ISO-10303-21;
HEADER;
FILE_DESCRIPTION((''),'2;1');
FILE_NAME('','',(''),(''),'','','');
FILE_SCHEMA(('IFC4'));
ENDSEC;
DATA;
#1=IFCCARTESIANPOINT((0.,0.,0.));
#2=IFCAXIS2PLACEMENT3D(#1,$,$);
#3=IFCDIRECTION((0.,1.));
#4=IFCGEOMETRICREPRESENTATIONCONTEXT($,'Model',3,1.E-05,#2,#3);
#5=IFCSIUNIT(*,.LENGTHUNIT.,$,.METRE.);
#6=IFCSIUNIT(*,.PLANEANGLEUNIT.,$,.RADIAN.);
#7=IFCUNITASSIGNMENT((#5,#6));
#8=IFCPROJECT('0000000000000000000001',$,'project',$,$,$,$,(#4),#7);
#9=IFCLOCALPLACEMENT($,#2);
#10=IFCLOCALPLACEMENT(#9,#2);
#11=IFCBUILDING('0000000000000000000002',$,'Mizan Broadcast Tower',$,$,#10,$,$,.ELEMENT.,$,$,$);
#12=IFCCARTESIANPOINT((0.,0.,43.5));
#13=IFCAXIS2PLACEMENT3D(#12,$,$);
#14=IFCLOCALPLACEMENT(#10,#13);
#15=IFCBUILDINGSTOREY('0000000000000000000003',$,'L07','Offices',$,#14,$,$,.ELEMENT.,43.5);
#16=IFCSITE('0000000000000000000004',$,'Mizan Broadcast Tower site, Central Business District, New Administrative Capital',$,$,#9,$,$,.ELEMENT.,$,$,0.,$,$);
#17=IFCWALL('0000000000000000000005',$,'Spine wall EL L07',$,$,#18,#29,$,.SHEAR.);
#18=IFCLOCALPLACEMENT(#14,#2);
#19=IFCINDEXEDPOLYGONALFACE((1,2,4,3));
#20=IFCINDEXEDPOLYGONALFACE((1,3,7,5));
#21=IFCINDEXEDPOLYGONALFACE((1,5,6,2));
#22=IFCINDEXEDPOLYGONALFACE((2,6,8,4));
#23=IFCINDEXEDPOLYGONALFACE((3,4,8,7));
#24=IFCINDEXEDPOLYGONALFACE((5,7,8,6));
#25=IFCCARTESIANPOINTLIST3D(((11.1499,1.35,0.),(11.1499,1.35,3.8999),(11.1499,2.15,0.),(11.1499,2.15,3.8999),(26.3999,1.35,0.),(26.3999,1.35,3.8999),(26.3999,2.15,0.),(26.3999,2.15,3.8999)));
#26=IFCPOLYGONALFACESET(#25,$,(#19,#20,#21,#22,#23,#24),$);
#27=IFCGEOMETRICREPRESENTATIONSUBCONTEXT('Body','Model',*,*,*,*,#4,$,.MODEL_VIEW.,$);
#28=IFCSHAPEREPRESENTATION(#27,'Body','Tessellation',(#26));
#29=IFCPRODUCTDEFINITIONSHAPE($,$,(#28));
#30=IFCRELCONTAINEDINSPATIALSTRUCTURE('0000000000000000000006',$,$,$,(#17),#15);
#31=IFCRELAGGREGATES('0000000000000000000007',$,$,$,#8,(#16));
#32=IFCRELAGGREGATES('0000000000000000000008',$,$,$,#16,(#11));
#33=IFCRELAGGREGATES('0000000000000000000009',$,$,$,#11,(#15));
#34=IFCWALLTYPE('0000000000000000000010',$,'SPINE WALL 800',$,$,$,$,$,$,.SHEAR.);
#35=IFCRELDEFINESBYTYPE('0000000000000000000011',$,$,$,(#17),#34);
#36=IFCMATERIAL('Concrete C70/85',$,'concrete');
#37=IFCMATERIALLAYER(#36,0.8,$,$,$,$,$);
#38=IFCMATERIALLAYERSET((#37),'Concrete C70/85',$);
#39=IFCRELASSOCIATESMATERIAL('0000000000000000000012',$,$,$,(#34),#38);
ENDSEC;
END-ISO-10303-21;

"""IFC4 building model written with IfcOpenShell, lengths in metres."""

from ifc_helpers import new_model, si_unit, direction, frame, frame_2d, origin, place, context, subcontext, project, spatial, rectangle, extrude, material, layer, layer_set, type_object, element, save


model = new_model("IFC4")

# Units and contexts
model_context = context("Model", 3, precision=1e-05, world=origin(), true_north=direction((0.0, 1.0)))
body_context = subcontext(model_context, "Body", "Model", "MODEL_VIEW")
ifc_project = project(units=[si_unit("LENGTHUNIT", "METRE"), si_unit("PLANEANGLEUNIT", "RADIAN")], contexts=[model_context])

# Site, building, storey
site_placement = place(None, origin())
site = spatial("IfcSite", under=ifc_project, at=site_placement, Name="Mizan Broadcast Tower site, Central Business District, New Administrative Capital", CompositionType="ELEMENT", RefElevation=0.0)
building_placement = place(site_placement, origin())
building = spatial("IfcBuilding", under=site, at=building_placement, Name="Mizan Broadcast Tower", CompositionType="ELEMENT")
storey_placement = place(building_placement, frame((0.0, 0.0, 43.5)))
storey = spatial("IfcBuildingStorey", under=building, at=storey_placement, Name="L07", Description="Offices", CompositionType="ELEMENT", Elevation=43.5)

# Wall
ifc_material_1 = material(Name="Concrete C70/85", Category="concrete")
ifc_layer_1 = layer(ifc_material_1, 0.8)
ifc_layer_set_1 = layer_set([ifc_layer_1], Name="Concrete C70/85")
wall_type_1 = type_object("IfcWallType", Name="SPINE WALL 800", PredefinedType="SHEAR", material=ifc_layer_set_1)
wall_1_placement = place(storey_placement, frame((11.1499, 1.75, 0.0), z_axis=(0.0, 0.0, 1.0), x_axis=(1.0, 0.0, 0.0)))
element("IfcWall", 1, at=wall_1_placement, inside=storey, type_object=wall_type_1, Name="Spine wall EL L07", PredefinedType="SHEAR", context=body_context, shape_type="SweptSolid", body=[
    extrude(rectangle(XDim=15.25, YDim=0.8, at=frame_2d((7.625, 0.0))), origin(), (0.0, 0.0, 1.0), 3.8999),
])

save(model, "model.ifc")
